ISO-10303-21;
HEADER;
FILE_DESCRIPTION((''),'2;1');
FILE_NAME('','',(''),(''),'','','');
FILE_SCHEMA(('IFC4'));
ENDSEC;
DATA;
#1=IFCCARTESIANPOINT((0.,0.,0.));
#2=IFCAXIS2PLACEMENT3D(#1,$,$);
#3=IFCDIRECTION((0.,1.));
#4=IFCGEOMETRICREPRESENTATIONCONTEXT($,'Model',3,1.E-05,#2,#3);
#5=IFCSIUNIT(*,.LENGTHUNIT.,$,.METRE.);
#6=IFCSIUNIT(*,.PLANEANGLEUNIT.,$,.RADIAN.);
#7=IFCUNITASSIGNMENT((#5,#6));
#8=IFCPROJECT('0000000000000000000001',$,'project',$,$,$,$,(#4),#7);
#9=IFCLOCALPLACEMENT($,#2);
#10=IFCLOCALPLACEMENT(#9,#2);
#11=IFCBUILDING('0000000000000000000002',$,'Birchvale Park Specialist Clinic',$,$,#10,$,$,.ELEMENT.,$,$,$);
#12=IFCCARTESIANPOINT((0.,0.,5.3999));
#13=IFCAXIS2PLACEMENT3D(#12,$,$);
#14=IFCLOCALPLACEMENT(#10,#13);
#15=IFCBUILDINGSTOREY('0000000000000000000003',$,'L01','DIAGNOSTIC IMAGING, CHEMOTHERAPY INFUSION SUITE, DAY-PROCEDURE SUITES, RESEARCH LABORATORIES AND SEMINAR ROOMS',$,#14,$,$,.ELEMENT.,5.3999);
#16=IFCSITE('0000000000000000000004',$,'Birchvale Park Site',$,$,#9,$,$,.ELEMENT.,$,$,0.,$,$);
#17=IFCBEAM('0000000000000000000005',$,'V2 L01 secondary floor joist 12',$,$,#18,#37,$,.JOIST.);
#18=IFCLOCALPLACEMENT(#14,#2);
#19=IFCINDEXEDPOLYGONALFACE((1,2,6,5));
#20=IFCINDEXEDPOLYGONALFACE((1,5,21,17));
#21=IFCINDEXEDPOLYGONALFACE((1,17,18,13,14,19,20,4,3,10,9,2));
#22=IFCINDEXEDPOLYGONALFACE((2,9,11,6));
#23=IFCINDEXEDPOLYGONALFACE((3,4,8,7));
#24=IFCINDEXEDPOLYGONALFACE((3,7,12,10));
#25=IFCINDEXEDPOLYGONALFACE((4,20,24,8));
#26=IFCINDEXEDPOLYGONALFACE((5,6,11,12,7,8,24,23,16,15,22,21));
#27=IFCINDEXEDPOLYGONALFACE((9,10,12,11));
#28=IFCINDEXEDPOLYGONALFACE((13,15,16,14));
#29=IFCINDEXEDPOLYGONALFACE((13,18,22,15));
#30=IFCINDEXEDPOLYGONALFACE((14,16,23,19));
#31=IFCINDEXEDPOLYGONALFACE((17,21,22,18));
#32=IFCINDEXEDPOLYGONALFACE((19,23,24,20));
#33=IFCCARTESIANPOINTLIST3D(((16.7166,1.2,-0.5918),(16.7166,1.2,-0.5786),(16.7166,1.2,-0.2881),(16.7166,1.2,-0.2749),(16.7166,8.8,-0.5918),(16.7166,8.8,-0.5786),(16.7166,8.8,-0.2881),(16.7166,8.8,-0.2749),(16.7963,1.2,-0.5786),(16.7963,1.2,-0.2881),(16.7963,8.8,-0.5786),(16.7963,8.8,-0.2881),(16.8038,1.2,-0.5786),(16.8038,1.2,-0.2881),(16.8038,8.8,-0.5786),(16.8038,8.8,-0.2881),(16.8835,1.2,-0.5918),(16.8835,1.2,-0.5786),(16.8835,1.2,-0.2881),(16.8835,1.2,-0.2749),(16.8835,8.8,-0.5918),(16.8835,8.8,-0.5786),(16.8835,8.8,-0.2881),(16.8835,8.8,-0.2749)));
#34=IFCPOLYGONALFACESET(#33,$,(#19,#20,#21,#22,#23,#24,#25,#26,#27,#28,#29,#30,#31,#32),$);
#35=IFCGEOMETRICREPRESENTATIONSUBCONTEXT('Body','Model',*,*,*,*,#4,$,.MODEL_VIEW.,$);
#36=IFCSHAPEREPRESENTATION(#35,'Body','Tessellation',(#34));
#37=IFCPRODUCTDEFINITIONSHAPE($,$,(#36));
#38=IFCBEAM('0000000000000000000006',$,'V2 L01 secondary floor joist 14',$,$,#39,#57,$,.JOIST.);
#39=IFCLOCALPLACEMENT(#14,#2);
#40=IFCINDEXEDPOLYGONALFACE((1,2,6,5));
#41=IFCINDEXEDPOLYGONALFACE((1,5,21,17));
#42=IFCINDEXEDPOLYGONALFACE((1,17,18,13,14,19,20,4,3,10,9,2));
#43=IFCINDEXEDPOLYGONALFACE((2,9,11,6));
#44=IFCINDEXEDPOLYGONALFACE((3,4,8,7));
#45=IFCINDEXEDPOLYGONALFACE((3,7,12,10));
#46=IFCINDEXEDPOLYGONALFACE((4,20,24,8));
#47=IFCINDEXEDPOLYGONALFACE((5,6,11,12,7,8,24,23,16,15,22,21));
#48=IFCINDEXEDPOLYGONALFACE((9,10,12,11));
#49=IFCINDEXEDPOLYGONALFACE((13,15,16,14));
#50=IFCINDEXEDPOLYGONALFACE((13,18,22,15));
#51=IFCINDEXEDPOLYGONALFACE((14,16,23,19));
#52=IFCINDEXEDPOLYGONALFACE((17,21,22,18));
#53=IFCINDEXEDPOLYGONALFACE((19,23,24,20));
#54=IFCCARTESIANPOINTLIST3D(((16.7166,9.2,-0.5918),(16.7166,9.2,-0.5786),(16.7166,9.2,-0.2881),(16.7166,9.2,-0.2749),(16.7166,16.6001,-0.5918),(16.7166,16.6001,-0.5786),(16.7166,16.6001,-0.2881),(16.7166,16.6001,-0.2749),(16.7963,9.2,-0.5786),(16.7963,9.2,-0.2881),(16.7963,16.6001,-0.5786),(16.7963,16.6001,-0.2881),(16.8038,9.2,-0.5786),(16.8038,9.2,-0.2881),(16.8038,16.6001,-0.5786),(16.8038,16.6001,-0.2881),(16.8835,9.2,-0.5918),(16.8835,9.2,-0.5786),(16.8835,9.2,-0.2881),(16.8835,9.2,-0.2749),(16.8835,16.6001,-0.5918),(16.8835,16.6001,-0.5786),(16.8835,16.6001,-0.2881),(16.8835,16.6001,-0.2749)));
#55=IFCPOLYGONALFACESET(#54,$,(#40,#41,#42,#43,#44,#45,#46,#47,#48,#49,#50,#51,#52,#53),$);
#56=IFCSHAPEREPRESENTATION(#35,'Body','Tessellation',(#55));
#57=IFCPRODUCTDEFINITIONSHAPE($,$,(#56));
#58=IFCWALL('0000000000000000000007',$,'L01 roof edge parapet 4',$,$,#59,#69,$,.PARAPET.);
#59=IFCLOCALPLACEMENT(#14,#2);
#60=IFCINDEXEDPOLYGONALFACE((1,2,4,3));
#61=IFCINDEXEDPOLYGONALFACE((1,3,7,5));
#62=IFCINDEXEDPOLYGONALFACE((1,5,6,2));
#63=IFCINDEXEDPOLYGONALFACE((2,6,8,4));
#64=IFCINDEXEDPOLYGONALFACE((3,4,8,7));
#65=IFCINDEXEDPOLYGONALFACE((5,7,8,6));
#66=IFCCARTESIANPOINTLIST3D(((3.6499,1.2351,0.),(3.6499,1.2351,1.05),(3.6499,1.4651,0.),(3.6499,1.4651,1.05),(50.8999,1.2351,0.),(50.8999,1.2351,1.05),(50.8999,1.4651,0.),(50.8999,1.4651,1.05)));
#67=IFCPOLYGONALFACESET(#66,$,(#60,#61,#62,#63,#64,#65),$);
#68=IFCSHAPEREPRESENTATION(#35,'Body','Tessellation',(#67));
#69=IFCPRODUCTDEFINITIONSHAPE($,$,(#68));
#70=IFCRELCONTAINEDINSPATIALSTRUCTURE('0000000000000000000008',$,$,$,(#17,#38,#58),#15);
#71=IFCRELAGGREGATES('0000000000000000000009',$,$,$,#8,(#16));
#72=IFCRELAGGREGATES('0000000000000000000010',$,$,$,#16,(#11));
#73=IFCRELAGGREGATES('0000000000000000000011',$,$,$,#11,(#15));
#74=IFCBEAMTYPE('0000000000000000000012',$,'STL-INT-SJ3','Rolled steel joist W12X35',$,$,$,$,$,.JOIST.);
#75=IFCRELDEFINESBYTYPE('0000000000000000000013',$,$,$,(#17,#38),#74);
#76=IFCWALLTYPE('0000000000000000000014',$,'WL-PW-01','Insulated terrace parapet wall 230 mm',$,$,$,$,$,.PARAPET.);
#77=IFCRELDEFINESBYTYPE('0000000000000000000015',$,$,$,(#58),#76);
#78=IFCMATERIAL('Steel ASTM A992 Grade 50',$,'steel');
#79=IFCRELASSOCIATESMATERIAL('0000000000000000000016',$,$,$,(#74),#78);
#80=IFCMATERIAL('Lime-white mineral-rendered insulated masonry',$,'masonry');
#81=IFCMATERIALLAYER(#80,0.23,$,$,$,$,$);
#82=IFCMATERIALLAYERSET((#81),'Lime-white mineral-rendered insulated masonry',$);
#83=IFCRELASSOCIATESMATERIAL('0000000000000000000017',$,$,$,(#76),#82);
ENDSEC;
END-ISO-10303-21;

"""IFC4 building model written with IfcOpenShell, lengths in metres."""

from ifc_helpers import new_model, si_unit, direction, frame, frame_2d, origin, origin_2d, place, context, subcontext, project, spatial, rectangle, i_section, extrude, material, layer, layer_set, material_profile, profile_set, type_object, element, save


model = new_model("IFC4")

# Units and contexts
model_context = context("Model", 3, precision=1e-05, world=origin(), true_north=direction((0.0, 1.0)))
body_context = subcontext(model_context, "Body", "Model", "MODEL_VIEW")
ifc_project = project(units=[si_unit("LENGTHUNIT", "METRE"), si_unit("PLANEANGLEUNIT", "RADIAN")], contexts=[model_context])

# Site, building, storey
site_placement = place(None, origin())
site = spatial("IfcSite", under=ifc_project, at=site_placement, Name="Birchvale Park Site", CompositionType="ELEMENT", RefElevation=0.0)
building_placement = place(site_placement, origin())
building = spatial("IfcBuilding", under=site, at=building_placement, Name="Birchvale Park Specialist Clinic", CompositionType="ELEMENT")
storey_placement = place(building_placement, frame((0.0, 0.0, 5.3999)))
storey = spatial("IfcBuildingStorey", under=building, at=storey_placement, Name="L01", Description="DIAGNOSTIC IMAGING, CHEMOTHERAPY INFUSION SUITE, DAY-PROCEDURE SUITES, RESEARCH LABORATORIES AND SEMINAR ROOMS", CompositionType="ELEMENT", Elevation=5.3999)

# Beams
ifc_material_1 = material(Name="Steel ASTM A992 Grade 50", Category="steel")
ifc_material_profile_1 = material_profile(ifc_material_1, i_section(OverallWidth=0.167, OverallDepth=0.3169, WebThickness=0.0076, FlangeThickness=0.0132, at=origin_2d()), Name="W12X35")
ifc_profile_set_1 = profile_set([ifc_material_profile_1], Name="Steel ASTM A992 Grade 50")
beam_type_1 = type_object("IfcBeamType", Name="STL-INT-SJ3", Description="Rolled steel joist W12X35", PredefinedType="JOIST", material=ifc_profile_set_1)
beam_1_placement = place(storey_placement, frame((16.8, 1.2, -0.4333), z_axis=(0.0, 1.0, 0.0), x_axis=(-1.0, 0.0, 0.0)))
element("IfcBeam", 1, at=beam_1_placement, inside=storey, type_object=beam_type_1, Name="V2 L01 secondary floor joist 12", PredefinedType="JOIST", context=body_context, shape_type="SweptSolid", body=[
    extrude(i_section(OverallWidth=0.167, OverallDepth=0.3169, WebThickness=0.0076, FlangeThickness=0.0132, at=origin_2d()), origin(), (0.0, 0.0, 1.0), 7.6001),
])
beam_2_placement = place(storey_placement, frame((16.8, 9.2, -0.4333), z_axis=(0.0, 1.0, 0.0), x_axis=(-1.0, 0.0, 0.0)))
element("IfcBeam", 2, at=beam_2_placement, inside=storey, type_object=beam_type_1, Name="V2 L01 secondary floor joist 14", PredefinedType="JOIST", context=body_context, shape_type="SweptSolid", body=[
    extrude(i_section(OverallWidth=0.167, OverallDepth=0.3169, WebThickness=0.0076, FlangeThickness=0.0132, at=origin_2d()), origin(), (0.0, 0.0, 1.0), 7.4001),
])

# Wall
ifc_material_2 = material(Name="Lime-white mineral-rendered insulated masonry", Category="masonry")
ifc_layer = layer(ifc_material_2, 0.23)
ifc_layer_set = layer_set([ifc_layer], Name="Lime-white mineral-rendered insulated masonry")
wall_type = type_object("IfcWallType", Name="WL-PW-01", Description="Insulated terrace parapet wall 230 mm", PredefinedType="PARAPET", material=ifc_layer_set)
wall_placement = place(storey_placement, frame((3.6499, 1.3501, 0.0), z_axis=(0.0, 0.0, 1.0), x_axis=(1.0, 0.0, 0.0)))
element("IfcWall", 3, at=wall_placement, inside=storey, type_object=wall_type, Name="L01 roof edge parapet 4", PredefinedType="PARAPET", context=body_context, shape_type="SweptSolid", body=[
    extrude(rectangle(XDim=47.25, YDim=0.23, at=frame_2d((23.625, 0.0))), origin(), (0.0, 0.0, 1.0), 1.05),
])

save(model, "model.ifc")
